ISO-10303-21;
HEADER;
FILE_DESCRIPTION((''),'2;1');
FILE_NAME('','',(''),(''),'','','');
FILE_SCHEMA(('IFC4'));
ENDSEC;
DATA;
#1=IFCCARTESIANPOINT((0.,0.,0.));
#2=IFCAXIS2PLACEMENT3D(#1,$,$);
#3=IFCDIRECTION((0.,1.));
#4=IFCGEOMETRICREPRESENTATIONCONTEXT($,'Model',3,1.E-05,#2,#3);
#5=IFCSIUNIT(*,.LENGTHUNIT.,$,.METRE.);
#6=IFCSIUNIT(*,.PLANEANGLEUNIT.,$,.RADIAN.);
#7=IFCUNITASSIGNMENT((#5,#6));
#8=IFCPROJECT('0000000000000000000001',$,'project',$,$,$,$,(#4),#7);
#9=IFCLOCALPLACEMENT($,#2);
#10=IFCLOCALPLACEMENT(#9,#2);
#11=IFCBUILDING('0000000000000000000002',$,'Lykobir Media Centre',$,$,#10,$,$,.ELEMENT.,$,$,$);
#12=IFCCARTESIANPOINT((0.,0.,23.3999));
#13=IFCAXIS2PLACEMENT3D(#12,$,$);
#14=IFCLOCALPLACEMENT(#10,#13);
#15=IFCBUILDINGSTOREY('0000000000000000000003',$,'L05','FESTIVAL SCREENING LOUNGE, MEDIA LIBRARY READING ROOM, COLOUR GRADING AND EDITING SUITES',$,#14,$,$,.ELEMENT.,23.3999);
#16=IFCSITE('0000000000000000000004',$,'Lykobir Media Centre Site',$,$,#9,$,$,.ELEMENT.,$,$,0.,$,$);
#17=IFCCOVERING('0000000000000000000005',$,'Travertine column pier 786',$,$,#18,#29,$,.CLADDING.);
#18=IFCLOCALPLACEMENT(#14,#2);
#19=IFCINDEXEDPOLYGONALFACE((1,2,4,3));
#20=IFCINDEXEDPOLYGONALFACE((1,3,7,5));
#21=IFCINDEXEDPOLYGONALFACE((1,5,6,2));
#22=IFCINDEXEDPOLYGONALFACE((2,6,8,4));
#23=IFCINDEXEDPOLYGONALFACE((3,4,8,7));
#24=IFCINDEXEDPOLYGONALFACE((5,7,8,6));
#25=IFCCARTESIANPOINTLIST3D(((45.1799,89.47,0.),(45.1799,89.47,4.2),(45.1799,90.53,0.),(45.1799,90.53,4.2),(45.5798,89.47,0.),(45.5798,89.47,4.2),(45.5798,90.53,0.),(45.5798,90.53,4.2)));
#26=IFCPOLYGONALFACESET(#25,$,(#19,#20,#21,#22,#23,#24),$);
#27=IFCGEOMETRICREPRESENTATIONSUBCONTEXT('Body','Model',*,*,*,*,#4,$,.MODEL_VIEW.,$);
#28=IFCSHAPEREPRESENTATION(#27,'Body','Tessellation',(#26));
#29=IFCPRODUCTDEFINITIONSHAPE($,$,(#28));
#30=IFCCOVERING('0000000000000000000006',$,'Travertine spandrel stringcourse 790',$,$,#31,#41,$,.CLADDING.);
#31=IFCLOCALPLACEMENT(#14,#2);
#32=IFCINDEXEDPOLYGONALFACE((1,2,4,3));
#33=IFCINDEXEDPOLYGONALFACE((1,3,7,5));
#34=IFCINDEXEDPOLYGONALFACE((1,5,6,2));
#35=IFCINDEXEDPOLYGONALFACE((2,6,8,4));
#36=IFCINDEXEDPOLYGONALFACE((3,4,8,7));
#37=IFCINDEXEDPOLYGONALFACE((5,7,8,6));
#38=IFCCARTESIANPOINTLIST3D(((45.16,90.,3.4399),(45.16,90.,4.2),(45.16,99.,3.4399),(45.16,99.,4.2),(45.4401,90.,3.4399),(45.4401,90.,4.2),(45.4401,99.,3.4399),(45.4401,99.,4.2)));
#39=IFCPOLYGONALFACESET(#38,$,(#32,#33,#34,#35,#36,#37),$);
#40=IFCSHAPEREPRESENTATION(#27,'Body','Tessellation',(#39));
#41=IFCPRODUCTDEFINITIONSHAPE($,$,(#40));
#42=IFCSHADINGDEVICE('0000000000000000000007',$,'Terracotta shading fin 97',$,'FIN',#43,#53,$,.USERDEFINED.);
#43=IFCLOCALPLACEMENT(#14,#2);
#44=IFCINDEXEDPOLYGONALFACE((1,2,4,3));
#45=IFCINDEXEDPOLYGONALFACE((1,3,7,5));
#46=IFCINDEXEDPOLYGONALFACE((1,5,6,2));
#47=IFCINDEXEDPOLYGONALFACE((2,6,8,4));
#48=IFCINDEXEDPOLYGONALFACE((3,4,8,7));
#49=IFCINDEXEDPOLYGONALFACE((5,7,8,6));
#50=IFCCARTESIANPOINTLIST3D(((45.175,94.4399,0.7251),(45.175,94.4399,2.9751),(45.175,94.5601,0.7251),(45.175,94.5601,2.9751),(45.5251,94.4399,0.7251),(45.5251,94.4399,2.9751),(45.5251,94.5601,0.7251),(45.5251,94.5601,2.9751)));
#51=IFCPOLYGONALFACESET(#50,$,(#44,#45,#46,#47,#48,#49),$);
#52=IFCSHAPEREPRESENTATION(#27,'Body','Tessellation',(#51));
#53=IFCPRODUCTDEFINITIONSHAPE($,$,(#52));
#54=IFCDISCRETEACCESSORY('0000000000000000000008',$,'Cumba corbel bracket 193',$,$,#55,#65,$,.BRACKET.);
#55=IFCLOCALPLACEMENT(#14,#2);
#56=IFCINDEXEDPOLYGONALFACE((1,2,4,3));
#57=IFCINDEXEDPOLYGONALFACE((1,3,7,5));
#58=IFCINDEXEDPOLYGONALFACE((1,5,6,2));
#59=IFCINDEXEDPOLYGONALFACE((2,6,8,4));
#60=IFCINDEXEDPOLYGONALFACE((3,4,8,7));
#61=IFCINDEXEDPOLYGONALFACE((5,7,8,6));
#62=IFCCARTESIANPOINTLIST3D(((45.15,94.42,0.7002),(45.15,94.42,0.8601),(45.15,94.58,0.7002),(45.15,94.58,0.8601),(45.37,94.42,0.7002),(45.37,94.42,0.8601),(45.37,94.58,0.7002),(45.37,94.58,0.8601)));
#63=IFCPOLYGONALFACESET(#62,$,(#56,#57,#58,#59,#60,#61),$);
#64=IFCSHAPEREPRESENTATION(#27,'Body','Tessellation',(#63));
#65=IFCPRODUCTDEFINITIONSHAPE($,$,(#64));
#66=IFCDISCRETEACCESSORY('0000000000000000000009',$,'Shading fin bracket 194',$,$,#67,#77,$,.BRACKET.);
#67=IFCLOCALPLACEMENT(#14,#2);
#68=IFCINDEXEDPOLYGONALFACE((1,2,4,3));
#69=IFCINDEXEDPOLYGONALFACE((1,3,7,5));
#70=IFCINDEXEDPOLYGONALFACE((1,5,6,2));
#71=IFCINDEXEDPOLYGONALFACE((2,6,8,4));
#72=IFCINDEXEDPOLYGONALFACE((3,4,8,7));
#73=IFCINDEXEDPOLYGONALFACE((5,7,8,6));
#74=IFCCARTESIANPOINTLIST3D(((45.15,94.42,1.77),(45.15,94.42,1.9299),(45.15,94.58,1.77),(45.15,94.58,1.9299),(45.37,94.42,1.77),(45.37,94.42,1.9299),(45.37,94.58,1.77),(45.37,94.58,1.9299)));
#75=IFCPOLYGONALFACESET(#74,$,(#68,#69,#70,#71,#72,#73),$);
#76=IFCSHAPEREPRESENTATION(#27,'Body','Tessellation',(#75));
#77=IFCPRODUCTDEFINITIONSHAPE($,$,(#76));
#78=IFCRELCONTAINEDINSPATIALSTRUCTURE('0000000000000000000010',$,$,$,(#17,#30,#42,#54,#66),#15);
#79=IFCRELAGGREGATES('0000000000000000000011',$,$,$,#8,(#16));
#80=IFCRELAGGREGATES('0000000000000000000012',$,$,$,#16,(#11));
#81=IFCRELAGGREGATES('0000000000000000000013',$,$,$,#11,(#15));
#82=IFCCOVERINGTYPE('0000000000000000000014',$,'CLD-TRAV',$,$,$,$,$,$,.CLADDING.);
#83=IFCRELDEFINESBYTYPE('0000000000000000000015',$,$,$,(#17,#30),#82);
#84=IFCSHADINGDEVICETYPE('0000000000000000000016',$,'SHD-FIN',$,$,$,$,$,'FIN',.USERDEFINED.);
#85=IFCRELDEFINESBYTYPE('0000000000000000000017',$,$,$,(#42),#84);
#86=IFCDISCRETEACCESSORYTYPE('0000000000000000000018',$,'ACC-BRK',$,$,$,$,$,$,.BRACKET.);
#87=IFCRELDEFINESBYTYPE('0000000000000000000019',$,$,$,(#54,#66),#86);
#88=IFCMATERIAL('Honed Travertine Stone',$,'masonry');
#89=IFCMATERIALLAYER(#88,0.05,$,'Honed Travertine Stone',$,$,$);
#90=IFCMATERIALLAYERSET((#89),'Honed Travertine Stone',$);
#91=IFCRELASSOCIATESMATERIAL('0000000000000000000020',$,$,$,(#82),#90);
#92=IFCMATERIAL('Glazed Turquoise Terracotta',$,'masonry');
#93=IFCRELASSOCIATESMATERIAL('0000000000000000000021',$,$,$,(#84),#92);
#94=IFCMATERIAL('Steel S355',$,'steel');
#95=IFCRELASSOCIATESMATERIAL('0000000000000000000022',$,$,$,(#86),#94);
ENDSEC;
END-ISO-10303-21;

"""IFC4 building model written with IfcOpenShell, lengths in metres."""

from ifc_helpers import new_model, si_unit, direction, frame, origin, origin_2d, place, context, subcontext, project, spatial, rectangle, extrude, material, layer, layer_set, type_object, element, save


model = new_model("IFC4")

# Units and contexts
model_context = context("Model", 3, precision=1e-05, world=origin(), true_north=direction((0.0, 1.0)))
body_context = subcontext(model_context, "Body", "Model", "MODEL_VIEW")
ifc_project = project(units=[si_unit("LENGTHUNIT", "METRE"), si_unit("PLANEANGLEUNIT", "RADIAN")], contexts=[model_context])

# Site, building, storey
site_placement = place(None, origin())
site = spatial("IfcSite", under=ifc_project, at=site_placement, Name="Lykobir Media Centre Site", CompositionType="ELEMENT", RefElevation=0.0)
building_placement = place(site_placement, origin())
building = spatial("IfcBuilding", under=site, at=building_placement, Name="Lykobir Media Centre", CompositionType="ELEMENT")
storey_placement = place(building_placement, frame((0.0, 0.0, 23.3999)))
storey = spatial("IfcBuildingStorey", under=building, at=storey_placement, Name="L05", Description="FESTIVAL SCREENING LOUNGE, MEDIA LIBRARY READING ROOM, COLOUR GRADING AND EDITING SUITES", CompositionType="ELEMENT", Elevation=23.3999)

# Coverings
ifc_material_1 = material(Name="Glazed Turquoise Terracotta", Category="masonry")
ifc_material_2 = material(Name="Honed Travertine Stone", Category="masonry")
ifc_layer_1 = layer(ifc_material_2, 0.05, Name="Honed Travertine Stone")
ifc_layer_set_1 = layer_set([ifc_layer_1], Name="Honed Travertine Stone")
covering_type_1 = type_object("IfcCoveringType", Name="CLD-TRAV", PredefinedType="CLADDING", material=ifc_layer_set_1)
covering_1_placement = place(storey_placement, frame((45.3799, 90.0, 0.0), z_axis=(0.0, 0.0, 1.0), x_axis=(0.0, 1.0, 0.0)))
element("IfcCovering", 1, at=covering_1_placement, inside=storey, type_object=covering_type_1, Name="Travertine column pier 786", PredefinedType="CLADDING", context=body_context, shape_type="SweptSolid", body=[
    extrude(rectangle(XDim=1.0601, YDim=0.3999, at=origin_2d()), origin(), (0.0, 0.0, 1.0), 4.2),
])
covering_2_placement = place(storey_placement, frame((45.3, 94.5, 3.4399), z_axis=(0.0, 0.0, 1.0), x_axis=(0.0, 1.0, 0.0)))
element("IfcCovering", 2, at=covering_2_placement, inside=storey, type_object=covering_type_1, Name="Travertine spandrel stringcourse 790", PredefinedType="CLADDING", context=body_context, shape_type="SweptSolid", body=[
    extrude(rectangle(XDim=9.0, YDim=0.28, at=origin_2d()), origin(), (0.0, 0.0, 1.0), 0.76),
])

# Shading device
shading_device_type = type_object("IfcShadingDeviceType", Name="SHD-FIN", ElementType="FIN", PredefinedType="USERDEFINED", material=ifc_material_1)
shading_device_placement = place(storey_placement, frame((45.3501, 94.5, 0.7251), z_axis=(0.0, 0.0, 1.0), x_axis=(0.0, 1.0, 0.0)))
element("IfcShadingDevice", 3, at=shading_device_placement, inside=storey, type_object=shading_device_type, Name="Terracotta shading fin 97", ObjectType="FIN", PredefinedType="USERDEFINED", context=body_context, shape_type="SweptSolid", body=[
    extrude(rectangle(XDim=0.1201, YDim=0.3501, at=origin_2d()), origin(), (0.0, 0.0, 1.0), 2.25),
])

# Discrete accessories
ifc_material_3 = material(Name="Steel S355", Category="steel")
discrete_accessory_type = type_object("IfcDiscreteAccessoryType", Name="ACC-BRK", PredefinedType="BRACKET", material=ifc_material_3)
for number, where, z_axis, x_axis, name in (
    (4, (45.26, 94.5, 0.7002), (0.0, 0.0, 1.0), (0.0, 1.0, 0.0), "Cumba corbel bracket 193"),
    (5, (45.26, 94.5, 1.77), (0.0, 0.0, 1.0), (0.0, 1.0, 0.0), "Shading fin bracket 194"),
):
    element("IfcDiscreteAccessory", number, at=place(storey_placement, frame(where, z_axis=z_axis, x_axis=x_axis)), inside=storey, type_object=discrete_accessory_type, Name=name, PredefinedType="BRACKET", context=body_context, shape_type="SweptSolid", body=[
        extrude(rectangle(XDim=0.1599, YDim=0.22, at=origin_2d()), origin(), (0.0, 0.0, 1.0), 0.1599),
    ])

save(model, "model.ifc")
